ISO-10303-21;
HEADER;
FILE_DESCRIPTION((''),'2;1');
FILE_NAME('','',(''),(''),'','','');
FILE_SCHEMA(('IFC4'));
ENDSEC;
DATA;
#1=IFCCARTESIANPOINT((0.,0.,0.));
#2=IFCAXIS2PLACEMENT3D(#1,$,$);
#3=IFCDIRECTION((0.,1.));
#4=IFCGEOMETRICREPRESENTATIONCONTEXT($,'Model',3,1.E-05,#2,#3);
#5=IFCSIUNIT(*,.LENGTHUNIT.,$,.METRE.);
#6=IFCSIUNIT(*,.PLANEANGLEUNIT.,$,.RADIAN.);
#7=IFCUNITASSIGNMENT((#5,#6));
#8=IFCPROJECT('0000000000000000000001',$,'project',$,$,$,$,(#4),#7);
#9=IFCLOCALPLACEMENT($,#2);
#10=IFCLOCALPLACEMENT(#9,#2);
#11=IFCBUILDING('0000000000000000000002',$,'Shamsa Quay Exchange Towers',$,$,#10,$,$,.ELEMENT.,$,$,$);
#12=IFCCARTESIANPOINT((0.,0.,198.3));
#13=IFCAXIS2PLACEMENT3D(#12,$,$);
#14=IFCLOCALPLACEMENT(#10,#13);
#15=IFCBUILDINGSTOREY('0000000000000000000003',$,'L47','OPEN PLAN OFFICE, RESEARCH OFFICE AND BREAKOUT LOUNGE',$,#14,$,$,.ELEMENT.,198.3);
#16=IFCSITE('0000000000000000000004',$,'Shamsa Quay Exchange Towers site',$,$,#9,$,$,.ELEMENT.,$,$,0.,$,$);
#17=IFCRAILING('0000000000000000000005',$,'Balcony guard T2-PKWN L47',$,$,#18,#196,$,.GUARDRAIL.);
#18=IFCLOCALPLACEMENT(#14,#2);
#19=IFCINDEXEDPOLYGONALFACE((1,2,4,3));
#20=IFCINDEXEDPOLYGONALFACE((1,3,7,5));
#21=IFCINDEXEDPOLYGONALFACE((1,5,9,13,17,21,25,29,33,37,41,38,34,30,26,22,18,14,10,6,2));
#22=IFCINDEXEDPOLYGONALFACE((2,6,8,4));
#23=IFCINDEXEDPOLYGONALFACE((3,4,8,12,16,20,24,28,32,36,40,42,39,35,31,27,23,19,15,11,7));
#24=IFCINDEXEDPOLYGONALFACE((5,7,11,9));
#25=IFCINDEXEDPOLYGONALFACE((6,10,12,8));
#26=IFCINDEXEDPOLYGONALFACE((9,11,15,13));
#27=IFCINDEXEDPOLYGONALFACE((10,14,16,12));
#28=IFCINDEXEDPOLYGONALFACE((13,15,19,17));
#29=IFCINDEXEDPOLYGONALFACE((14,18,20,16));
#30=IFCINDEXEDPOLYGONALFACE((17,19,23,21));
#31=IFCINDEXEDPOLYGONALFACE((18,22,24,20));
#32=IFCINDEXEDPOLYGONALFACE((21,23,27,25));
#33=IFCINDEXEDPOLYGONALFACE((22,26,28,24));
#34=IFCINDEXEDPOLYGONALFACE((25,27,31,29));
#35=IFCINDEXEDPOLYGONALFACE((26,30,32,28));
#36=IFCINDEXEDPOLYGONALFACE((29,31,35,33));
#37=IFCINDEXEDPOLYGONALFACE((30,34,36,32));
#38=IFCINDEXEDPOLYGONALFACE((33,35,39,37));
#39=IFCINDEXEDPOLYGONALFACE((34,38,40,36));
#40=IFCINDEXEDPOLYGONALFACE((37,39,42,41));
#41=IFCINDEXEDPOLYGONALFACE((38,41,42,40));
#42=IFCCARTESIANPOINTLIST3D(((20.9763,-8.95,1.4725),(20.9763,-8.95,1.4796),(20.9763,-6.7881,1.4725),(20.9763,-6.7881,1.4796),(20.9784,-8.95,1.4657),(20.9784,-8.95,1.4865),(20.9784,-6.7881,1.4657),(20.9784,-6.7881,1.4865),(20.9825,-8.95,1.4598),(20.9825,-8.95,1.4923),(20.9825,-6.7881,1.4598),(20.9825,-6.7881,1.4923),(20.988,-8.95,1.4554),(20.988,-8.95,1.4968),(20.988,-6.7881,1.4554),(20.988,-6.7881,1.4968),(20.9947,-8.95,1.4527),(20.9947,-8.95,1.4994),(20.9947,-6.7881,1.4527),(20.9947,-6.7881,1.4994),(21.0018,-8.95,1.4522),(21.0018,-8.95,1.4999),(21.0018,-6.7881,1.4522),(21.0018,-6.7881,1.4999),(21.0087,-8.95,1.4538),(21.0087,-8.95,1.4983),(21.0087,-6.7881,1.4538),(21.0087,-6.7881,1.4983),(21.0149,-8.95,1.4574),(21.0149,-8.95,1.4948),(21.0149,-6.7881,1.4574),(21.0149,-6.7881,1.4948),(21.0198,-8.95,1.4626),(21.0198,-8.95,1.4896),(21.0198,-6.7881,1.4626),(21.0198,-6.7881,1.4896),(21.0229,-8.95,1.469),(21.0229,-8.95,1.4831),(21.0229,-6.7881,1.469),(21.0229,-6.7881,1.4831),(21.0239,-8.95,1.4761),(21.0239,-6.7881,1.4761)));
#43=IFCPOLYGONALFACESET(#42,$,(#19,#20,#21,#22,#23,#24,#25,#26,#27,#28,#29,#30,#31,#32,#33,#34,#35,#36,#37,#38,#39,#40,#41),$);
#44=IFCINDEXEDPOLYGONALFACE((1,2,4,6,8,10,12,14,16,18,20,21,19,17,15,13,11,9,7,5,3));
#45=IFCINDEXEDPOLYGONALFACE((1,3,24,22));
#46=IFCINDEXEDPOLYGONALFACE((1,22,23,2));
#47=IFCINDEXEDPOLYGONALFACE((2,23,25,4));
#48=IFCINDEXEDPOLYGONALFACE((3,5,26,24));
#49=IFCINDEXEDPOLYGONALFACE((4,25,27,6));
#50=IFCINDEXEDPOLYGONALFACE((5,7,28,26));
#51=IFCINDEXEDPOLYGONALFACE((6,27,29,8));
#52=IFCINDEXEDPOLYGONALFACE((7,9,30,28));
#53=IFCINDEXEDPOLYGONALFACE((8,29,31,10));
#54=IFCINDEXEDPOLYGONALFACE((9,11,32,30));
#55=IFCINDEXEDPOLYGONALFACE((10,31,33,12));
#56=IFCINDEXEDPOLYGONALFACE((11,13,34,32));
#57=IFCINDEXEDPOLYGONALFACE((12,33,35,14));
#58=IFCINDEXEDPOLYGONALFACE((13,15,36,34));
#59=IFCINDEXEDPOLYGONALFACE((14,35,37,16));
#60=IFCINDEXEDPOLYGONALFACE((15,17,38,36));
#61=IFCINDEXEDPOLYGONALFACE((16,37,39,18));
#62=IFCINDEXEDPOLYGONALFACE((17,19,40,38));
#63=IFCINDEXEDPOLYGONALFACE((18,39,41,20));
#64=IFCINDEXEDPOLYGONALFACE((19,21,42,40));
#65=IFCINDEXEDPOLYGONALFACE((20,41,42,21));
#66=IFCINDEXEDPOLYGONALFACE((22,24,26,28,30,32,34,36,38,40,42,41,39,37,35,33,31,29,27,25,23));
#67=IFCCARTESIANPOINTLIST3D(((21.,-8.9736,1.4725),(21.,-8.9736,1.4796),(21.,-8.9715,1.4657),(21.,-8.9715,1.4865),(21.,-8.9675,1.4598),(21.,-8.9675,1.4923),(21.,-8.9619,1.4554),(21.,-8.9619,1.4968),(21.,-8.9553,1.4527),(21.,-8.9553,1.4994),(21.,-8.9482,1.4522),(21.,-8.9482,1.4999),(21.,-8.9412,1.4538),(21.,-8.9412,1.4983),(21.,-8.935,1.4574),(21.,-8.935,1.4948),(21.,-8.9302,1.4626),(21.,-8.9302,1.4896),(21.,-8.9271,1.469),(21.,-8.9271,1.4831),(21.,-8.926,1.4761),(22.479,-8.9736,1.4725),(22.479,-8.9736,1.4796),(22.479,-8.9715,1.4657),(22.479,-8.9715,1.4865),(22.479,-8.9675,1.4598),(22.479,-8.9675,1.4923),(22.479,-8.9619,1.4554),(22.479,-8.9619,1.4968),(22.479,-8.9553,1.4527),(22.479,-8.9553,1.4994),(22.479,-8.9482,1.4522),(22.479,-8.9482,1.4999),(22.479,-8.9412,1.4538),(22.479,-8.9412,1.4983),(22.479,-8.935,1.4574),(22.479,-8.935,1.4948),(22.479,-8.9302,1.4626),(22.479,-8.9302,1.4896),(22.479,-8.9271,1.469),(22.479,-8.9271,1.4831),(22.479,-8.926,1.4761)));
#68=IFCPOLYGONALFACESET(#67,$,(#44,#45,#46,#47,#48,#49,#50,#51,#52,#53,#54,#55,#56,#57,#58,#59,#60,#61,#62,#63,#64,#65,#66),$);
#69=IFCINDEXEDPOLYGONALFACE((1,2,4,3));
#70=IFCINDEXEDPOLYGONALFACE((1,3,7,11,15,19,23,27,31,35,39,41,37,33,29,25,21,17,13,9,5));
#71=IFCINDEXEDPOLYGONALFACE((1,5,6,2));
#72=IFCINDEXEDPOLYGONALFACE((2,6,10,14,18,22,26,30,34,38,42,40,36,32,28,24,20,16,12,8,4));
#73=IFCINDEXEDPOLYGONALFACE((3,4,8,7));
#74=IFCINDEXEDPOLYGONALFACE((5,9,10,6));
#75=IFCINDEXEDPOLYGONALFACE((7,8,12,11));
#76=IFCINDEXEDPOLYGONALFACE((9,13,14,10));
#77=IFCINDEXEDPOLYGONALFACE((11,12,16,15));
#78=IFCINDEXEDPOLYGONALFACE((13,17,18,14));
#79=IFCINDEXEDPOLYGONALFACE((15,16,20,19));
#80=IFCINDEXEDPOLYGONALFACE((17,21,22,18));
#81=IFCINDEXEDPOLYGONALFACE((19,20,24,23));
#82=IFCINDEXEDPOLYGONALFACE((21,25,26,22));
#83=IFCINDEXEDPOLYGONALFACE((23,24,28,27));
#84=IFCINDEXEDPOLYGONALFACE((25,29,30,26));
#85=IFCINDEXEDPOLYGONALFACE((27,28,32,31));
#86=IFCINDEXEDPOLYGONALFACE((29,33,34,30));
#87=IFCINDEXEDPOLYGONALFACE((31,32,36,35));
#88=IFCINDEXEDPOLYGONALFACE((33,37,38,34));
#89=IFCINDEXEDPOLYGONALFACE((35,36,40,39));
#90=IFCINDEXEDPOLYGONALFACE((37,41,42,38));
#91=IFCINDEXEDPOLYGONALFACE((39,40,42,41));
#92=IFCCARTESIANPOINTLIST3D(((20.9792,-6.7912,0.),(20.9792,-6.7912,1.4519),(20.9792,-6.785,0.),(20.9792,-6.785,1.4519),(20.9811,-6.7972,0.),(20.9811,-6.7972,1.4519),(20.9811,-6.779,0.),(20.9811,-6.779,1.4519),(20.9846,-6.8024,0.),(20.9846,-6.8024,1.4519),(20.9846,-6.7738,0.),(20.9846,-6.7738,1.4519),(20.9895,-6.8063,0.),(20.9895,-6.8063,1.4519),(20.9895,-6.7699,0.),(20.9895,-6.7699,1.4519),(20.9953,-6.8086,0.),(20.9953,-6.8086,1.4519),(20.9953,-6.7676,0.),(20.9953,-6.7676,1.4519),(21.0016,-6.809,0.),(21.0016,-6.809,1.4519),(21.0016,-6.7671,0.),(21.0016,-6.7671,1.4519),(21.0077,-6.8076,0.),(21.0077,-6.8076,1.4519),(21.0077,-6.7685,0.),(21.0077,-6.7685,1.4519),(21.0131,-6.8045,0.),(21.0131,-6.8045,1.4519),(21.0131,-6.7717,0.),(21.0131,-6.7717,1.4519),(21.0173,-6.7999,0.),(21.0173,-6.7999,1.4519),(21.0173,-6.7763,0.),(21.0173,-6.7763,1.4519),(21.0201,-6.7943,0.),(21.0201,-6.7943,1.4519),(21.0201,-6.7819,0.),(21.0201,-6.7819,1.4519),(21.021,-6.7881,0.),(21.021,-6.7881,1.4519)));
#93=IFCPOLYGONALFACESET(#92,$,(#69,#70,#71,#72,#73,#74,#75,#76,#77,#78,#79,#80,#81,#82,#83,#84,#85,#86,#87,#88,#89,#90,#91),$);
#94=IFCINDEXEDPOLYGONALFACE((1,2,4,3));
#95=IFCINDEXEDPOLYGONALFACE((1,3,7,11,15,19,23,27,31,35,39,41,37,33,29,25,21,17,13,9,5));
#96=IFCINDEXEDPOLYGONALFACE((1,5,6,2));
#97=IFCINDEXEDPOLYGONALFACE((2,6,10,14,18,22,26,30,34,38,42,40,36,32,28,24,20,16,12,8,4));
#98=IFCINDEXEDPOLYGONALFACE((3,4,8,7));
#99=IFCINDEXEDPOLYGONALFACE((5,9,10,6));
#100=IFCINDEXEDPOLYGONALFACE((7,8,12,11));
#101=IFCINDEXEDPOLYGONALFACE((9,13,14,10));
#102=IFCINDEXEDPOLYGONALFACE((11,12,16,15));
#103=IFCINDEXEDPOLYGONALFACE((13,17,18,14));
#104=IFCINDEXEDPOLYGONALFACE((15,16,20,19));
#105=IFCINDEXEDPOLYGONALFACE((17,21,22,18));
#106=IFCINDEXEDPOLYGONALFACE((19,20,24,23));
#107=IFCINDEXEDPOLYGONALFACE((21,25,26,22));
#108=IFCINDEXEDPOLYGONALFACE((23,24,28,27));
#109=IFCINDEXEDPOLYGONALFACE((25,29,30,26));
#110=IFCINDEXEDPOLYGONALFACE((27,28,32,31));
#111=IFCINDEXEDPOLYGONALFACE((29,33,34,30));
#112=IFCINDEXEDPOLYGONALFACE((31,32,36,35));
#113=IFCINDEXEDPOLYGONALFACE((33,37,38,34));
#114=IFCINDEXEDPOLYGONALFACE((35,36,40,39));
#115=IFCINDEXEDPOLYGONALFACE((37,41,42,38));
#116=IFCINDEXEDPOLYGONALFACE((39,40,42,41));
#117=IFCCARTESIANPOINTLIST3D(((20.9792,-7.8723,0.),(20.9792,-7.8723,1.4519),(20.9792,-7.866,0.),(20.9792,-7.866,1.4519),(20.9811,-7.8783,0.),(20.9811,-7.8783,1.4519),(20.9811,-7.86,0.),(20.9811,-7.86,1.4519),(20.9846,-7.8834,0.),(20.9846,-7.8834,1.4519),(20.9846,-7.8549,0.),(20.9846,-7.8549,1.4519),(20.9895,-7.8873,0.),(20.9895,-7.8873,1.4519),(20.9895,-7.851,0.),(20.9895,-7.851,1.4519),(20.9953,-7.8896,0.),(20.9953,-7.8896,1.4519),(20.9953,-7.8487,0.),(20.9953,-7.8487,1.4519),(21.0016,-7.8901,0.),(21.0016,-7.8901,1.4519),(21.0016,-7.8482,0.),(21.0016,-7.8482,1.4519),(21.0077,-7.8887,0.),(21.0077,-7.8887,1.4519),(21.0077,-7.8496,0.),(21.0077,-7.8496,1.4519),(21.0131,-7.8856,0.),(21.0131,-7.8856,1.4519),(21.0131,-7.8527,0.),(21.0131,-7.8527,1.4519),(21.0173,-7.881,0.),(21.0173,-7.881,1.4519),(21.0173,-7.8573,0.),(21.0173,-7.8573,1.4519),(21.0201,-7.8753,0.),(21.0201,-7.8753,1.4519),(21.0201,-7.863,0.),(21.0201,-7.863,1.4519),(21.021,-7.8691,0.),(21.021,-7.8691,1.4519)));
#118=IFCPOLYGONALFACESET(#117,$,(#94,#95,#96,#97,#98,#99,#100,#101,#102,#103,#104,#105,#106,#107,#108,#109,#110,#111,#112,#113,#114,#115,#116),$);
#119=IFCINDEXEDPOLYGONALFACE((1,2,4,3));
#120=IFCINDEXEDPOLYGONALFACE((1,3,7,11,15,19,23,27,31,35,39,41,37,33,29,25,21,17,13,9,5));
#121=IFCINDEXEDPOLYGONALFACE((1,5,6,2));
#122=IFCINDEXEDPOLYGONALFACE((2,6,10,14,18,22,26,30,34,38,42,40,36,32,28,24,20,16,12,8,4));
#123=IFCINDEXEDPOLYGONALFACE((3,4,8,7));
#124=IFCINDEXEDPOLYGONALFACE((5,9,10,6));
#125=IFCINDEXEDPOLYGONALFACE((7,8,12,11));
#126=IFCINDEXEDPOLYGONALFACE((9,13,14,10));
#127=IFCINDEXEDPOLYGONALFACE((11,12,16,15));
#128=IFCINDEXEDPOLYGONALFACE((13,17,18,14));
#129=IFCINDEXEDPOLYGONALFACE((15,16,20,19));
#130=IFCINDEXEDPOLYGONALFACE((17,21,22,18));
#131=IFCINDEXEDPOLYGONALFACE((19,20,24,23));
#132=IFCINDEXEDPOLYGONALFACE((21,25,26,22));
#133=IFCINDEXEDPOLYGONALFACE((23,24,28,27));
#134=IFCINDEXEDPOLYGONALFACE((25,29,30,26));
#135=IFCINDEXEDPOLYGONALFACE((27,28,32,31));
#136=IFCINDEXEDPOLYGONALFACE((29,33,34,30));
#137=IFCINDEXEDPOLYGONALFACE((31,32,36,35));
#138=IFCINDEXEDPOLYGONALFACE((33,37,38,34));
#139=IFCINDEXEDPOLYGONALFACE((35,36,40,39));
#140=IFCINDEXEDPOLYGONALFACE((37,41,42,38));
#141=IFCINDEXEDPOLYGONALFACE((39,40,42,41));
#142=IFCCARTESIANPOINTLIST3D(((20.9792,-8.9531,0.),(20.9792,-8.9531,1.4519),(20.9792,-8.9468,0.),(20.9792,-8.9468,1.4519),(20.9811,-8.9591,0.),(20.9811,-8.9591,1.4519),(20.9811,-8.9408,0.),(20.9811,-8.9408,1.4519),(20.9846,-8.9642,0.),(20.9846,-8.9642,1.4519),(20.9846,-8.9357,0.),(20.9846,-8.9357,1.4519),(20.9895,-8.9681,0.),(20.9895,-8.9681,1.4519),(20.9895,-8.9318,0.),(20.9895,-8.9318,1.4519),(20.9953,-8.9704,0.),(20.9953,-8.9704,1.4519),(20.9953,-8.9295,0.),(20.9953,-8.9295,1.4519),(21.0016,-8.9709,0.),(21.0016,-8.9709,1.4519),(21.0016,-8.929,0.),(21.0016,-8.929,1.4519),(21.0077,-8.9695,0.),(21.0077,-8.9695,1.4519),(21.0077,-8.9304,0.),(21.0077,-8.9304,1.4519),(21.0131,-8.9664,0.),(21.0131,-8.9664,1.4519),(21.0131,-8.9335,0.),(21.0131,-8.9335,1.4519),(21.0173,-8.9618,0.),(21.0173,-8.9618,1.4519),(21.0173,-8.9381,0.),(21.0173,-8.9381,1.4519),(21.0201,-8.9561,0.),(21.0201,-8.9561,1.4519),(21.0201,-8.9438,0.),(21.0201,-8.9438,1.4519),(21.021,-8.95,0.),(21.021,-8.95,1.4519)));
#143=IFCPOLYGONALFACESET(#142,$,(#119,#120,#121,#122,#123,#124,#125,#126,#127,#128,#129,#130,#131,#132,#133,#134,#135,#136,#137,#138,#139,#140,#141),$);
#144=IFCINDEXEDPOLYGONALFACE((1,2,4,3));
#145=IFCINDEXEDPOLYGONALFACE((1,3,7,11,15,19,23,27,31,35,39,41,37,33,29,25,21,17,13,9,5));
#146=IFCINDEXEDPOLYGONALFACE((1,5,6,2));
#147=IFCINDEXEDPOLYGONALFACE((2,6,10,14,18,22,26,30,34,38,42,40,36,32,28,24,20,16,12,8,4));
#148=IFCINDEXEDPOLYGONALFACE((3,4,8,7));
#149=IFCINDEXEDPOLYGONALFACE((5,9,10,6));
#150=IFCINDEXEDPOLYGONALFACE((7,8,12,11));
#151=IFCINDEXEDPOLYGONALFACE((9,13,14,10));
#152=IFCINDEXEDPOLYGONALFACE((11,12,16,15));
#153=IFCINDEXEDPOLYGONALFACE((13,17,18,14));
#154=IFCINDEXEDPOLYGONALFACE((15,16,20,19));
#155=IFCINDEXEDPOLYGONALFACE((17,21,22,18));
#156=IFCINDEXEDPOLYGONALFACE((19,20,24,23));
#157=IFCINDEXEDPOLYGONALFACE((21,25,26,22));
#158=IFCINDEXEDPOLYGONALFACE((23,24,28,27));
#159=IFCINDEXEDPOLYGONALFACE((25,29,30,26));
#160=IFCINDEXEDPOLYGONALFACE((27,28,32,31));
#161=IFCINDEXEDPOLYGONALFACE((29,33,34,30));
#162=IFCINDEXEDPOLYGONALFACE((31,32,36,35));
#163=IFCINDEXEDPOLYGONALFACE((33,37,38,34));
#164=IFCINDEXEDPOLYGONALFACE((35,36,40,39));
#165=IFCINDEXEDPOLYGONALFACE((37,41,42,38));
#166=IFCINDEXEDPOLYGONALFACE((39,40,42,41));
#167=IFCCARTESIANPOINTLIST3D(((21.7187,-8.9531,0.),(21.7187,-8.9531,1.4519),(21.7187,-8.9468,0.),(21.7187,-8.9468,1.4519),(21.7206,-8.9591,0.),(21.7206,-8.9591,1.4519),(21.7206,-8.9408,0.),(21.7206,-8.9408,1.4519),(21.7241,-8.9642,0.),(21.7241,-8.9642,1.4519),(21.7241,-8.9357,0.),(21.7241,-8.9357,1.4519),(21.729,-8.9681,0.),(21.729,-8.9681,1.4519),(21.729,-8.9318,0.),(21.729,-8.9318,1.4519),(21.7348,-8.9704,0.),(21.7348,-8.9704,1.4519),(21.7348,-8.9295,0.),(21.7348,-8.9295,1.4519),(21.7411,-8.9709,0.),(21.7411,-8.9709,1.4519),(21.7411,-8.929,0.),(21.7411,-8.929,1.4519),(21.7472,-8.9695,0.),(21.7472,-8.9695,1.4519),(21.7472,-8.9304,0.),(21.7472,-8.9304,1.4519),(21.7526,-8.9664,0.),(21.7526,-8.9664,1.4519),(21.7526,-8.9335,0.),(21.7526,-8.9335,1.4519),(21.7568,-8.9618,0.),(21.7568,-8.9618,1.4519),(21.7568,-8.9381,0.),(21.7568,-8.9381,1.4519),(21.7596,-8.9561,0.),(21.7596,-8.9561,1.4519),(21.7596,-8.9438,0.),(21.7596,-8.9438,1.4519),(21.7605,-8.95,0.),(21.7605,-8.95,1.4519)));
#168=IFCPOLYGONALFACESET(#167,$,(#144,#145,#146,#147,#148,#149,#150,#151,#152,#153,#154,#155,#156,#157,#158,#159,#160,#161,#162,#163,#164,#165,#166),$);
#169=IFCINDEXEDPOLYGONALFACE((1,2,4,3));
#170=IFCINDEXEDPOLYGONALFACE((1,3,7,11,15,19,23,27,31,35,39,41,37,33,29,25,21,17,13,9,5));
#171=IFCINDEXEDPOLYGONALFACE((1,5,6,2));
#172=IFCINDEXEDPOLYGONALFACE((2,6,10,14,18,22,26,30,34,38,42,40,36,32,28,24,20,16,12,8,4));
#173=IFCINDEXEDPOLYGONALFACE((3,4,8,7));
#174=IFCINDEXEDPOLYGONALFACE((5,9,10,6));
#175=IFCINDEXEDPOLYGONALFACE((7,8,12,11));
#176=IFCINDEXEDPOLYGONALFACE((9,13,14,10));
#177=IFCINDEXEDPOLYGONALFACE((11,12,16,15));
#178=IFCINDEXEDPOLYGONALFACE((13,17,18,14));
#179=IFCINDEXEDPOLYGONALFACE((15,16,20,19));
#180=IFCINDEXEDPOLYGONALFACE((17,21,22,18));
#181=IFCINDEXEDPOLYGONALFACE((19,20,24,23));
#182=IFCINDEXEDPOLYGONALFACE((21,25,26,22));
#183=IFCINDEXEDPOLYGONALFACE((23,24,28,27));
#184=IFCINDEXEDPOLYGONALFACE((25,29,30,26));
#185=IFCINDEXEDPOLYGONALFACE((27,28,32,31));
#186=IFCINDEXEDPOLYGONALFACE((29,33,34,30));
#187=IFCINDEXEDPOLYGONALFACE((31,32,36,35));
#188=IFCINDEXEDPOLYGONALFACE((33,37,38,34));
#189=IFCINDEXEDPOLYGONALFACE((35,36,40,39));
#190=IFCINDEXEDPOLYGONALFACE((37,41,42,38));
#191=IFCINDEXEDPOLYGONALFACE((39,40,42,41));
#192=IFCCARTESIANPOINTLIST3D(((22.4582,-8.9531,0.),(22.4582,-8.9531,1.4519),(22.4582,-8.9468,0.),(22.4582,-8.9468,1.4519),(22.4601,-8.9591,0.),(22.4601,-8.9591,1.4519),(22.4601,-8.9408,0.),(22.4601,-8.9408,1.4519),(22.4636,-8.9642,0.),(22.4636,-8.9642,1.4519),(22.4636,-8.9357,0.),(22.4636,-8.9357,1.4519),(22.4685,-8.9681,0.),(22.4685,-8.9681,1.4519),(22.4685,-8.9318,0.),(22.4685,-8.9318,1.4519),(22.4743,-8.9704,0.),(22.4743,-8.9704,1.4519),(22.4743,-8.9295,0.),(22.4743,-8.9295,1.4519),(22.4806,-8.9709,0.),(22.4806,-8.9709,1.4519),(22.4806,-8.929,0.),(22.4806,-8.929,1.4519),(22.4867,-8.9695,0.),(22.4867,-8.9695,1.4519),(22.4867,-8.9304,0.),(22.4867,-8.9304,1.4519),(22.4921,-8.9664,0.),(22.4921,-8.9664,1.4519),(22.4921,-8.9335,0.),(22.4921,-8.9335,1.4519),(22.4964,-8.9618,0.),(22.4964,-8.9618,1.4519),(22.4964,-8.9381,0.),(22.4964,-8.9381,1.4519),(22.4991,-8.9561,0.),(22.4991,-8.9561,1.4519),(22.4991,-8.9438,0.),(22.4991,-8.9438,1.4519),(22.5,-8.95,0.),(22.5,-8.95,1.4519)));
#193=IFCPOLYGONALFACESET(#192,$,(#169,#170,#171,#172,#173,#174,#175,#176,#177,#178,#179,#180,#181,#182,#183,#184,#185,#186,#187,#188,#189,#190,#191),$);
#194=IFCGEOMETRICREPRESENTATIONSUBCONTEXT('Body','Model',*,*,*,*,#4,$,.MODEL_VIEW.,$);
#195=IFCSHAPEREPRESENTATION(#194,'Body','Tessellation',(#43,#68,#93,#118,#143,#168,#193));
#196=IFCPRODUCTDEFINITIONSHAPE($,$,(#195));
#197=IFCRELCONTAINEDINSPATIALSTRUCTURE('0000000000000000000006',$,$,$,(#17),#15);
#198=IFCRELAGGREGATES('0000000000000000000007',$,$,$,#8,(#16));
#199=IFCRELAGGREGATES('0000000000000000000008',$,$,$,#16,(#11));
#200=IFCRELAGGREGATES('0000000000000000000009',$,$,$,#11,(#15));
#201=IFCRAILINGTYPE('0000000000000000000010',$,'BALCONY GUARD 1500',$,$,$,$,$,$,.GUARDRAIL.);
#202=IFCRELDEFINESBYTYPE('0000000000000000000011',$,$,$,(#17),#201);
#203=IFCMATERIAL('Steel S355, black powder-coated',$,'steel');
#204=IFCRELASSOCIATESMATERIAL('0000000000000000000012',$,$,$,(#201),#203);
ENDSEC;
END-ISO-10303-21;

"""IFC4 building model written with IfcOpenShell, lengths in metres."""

from ifc_helpers import new_model, si_unit, direction, frame, origin, origin_2d, place, context, subcontext, project, spatial, circle, extrude, material, type_object, element, save


model = new_model("IFC4")

# Units and contexts
model_context = context("Model", 3, precision=1e-05, world=origin(), true_north=direction((0.0, 1.0)))
body_context = subcontext(model_context, "Body", "Model", "MODEL_VIEW")
ifc_project = project(units=[si_unit("LENGTHUNIT", "METRE"), si_unit("PLANEANGLEUNIT", "RADIAN")], contexts=[model_context])

# Site, building, storey
site_placement = place(None, origin())
site = spatial("IfcSite", under=ifc_project, at=site_placement, Name="Shamsa Quay Exchange Towers site", CompositionType="ELEMENT", RefElevation=0.0)
building_placement = place(site_placement, origin())
building = spatial("IfcBuilding", under=site, at=building_placement, Name="Shamsa Quay Exchange Towers", CompositionType="ELEMENT")
storey_placement = place(building_placement, frame((0.0, 0.0, 198.3)))
storey = spatial("IfcBuildingStorey", under=building, at=storey_placement, Name="L47", Description="OPEN PLAN OFFICE, RESEARCH OFFICE AND BREAKOUT LOUNGE", CompositionType="ELEMENT", Elevation=198.3)

# Railing
ifc_material_1 = material(Name="Steel S355, black powder-coated", Category="steel")
railing_type = type_object("IfcRailingType", Name="BALCONY GUARD 1500", PredefinedType="GUARDRAIL", material=ifc_material_1)
for number, where, name in (
    (1, (21.0, -6.7881, 0.0), "Balcony guard T2-PKWN L47"),
):
    element("IfcRailing", number, at=place(storey_placement, frame(where)), inside=storey, type_object=railing_type, Name=name, PredefinedType="GUARDRAIL", context=body_context, shape_type="SweptSolid", body=[
        extrude(circle(Radius=0.0239, at=origin_2d()), frame((0.0, 0.0, 1.4761), z_axis=(0.0, -1.0, 0.0), x_axis=(1.0, 0.0, 0.0)), (0.0, 0.0, 1.0), 2.1619),
        extrude(circle(Radius=0.0239, at=origin_2d()), frame((0.0, -2.1619, 1.4761), z_axis=(1.0, 0.0, 0.0), x_axis=(0.0, 1.0, 0.0)), (0.0, 0.0, 1.0), 1.479),
        extrude(circle(Radius=0.021, at=origin_2d()), origin(), (0.0, 0.0, 1.0), 1.4519),
        extrude(circle(Radius=0.021, at=origin_2d()), frame((0.0, -1.0811, 0.0)), (0.0, 0.0, 1.0), 1.4519),
        extrude(circle(Radius=0.021, at=origin_2d()), frame((0.0, -2.1619, 0.0)), (0.0, 0.0, 1.0), 1.4519),
        extrude(circle(Radius=0.021, at=origin_2d()), frame((0.7395, -2.1619, 0.0)), (0.0, 0.0, 1.0), 1.4519),
        extrude(circle(Radius=0.021, at=origin_2d()), frame((1.479, -2.1619, 0.0)), (0.0, 0.0, 1.0), 1.4519),
    ])

save(model, "model.ifc")
